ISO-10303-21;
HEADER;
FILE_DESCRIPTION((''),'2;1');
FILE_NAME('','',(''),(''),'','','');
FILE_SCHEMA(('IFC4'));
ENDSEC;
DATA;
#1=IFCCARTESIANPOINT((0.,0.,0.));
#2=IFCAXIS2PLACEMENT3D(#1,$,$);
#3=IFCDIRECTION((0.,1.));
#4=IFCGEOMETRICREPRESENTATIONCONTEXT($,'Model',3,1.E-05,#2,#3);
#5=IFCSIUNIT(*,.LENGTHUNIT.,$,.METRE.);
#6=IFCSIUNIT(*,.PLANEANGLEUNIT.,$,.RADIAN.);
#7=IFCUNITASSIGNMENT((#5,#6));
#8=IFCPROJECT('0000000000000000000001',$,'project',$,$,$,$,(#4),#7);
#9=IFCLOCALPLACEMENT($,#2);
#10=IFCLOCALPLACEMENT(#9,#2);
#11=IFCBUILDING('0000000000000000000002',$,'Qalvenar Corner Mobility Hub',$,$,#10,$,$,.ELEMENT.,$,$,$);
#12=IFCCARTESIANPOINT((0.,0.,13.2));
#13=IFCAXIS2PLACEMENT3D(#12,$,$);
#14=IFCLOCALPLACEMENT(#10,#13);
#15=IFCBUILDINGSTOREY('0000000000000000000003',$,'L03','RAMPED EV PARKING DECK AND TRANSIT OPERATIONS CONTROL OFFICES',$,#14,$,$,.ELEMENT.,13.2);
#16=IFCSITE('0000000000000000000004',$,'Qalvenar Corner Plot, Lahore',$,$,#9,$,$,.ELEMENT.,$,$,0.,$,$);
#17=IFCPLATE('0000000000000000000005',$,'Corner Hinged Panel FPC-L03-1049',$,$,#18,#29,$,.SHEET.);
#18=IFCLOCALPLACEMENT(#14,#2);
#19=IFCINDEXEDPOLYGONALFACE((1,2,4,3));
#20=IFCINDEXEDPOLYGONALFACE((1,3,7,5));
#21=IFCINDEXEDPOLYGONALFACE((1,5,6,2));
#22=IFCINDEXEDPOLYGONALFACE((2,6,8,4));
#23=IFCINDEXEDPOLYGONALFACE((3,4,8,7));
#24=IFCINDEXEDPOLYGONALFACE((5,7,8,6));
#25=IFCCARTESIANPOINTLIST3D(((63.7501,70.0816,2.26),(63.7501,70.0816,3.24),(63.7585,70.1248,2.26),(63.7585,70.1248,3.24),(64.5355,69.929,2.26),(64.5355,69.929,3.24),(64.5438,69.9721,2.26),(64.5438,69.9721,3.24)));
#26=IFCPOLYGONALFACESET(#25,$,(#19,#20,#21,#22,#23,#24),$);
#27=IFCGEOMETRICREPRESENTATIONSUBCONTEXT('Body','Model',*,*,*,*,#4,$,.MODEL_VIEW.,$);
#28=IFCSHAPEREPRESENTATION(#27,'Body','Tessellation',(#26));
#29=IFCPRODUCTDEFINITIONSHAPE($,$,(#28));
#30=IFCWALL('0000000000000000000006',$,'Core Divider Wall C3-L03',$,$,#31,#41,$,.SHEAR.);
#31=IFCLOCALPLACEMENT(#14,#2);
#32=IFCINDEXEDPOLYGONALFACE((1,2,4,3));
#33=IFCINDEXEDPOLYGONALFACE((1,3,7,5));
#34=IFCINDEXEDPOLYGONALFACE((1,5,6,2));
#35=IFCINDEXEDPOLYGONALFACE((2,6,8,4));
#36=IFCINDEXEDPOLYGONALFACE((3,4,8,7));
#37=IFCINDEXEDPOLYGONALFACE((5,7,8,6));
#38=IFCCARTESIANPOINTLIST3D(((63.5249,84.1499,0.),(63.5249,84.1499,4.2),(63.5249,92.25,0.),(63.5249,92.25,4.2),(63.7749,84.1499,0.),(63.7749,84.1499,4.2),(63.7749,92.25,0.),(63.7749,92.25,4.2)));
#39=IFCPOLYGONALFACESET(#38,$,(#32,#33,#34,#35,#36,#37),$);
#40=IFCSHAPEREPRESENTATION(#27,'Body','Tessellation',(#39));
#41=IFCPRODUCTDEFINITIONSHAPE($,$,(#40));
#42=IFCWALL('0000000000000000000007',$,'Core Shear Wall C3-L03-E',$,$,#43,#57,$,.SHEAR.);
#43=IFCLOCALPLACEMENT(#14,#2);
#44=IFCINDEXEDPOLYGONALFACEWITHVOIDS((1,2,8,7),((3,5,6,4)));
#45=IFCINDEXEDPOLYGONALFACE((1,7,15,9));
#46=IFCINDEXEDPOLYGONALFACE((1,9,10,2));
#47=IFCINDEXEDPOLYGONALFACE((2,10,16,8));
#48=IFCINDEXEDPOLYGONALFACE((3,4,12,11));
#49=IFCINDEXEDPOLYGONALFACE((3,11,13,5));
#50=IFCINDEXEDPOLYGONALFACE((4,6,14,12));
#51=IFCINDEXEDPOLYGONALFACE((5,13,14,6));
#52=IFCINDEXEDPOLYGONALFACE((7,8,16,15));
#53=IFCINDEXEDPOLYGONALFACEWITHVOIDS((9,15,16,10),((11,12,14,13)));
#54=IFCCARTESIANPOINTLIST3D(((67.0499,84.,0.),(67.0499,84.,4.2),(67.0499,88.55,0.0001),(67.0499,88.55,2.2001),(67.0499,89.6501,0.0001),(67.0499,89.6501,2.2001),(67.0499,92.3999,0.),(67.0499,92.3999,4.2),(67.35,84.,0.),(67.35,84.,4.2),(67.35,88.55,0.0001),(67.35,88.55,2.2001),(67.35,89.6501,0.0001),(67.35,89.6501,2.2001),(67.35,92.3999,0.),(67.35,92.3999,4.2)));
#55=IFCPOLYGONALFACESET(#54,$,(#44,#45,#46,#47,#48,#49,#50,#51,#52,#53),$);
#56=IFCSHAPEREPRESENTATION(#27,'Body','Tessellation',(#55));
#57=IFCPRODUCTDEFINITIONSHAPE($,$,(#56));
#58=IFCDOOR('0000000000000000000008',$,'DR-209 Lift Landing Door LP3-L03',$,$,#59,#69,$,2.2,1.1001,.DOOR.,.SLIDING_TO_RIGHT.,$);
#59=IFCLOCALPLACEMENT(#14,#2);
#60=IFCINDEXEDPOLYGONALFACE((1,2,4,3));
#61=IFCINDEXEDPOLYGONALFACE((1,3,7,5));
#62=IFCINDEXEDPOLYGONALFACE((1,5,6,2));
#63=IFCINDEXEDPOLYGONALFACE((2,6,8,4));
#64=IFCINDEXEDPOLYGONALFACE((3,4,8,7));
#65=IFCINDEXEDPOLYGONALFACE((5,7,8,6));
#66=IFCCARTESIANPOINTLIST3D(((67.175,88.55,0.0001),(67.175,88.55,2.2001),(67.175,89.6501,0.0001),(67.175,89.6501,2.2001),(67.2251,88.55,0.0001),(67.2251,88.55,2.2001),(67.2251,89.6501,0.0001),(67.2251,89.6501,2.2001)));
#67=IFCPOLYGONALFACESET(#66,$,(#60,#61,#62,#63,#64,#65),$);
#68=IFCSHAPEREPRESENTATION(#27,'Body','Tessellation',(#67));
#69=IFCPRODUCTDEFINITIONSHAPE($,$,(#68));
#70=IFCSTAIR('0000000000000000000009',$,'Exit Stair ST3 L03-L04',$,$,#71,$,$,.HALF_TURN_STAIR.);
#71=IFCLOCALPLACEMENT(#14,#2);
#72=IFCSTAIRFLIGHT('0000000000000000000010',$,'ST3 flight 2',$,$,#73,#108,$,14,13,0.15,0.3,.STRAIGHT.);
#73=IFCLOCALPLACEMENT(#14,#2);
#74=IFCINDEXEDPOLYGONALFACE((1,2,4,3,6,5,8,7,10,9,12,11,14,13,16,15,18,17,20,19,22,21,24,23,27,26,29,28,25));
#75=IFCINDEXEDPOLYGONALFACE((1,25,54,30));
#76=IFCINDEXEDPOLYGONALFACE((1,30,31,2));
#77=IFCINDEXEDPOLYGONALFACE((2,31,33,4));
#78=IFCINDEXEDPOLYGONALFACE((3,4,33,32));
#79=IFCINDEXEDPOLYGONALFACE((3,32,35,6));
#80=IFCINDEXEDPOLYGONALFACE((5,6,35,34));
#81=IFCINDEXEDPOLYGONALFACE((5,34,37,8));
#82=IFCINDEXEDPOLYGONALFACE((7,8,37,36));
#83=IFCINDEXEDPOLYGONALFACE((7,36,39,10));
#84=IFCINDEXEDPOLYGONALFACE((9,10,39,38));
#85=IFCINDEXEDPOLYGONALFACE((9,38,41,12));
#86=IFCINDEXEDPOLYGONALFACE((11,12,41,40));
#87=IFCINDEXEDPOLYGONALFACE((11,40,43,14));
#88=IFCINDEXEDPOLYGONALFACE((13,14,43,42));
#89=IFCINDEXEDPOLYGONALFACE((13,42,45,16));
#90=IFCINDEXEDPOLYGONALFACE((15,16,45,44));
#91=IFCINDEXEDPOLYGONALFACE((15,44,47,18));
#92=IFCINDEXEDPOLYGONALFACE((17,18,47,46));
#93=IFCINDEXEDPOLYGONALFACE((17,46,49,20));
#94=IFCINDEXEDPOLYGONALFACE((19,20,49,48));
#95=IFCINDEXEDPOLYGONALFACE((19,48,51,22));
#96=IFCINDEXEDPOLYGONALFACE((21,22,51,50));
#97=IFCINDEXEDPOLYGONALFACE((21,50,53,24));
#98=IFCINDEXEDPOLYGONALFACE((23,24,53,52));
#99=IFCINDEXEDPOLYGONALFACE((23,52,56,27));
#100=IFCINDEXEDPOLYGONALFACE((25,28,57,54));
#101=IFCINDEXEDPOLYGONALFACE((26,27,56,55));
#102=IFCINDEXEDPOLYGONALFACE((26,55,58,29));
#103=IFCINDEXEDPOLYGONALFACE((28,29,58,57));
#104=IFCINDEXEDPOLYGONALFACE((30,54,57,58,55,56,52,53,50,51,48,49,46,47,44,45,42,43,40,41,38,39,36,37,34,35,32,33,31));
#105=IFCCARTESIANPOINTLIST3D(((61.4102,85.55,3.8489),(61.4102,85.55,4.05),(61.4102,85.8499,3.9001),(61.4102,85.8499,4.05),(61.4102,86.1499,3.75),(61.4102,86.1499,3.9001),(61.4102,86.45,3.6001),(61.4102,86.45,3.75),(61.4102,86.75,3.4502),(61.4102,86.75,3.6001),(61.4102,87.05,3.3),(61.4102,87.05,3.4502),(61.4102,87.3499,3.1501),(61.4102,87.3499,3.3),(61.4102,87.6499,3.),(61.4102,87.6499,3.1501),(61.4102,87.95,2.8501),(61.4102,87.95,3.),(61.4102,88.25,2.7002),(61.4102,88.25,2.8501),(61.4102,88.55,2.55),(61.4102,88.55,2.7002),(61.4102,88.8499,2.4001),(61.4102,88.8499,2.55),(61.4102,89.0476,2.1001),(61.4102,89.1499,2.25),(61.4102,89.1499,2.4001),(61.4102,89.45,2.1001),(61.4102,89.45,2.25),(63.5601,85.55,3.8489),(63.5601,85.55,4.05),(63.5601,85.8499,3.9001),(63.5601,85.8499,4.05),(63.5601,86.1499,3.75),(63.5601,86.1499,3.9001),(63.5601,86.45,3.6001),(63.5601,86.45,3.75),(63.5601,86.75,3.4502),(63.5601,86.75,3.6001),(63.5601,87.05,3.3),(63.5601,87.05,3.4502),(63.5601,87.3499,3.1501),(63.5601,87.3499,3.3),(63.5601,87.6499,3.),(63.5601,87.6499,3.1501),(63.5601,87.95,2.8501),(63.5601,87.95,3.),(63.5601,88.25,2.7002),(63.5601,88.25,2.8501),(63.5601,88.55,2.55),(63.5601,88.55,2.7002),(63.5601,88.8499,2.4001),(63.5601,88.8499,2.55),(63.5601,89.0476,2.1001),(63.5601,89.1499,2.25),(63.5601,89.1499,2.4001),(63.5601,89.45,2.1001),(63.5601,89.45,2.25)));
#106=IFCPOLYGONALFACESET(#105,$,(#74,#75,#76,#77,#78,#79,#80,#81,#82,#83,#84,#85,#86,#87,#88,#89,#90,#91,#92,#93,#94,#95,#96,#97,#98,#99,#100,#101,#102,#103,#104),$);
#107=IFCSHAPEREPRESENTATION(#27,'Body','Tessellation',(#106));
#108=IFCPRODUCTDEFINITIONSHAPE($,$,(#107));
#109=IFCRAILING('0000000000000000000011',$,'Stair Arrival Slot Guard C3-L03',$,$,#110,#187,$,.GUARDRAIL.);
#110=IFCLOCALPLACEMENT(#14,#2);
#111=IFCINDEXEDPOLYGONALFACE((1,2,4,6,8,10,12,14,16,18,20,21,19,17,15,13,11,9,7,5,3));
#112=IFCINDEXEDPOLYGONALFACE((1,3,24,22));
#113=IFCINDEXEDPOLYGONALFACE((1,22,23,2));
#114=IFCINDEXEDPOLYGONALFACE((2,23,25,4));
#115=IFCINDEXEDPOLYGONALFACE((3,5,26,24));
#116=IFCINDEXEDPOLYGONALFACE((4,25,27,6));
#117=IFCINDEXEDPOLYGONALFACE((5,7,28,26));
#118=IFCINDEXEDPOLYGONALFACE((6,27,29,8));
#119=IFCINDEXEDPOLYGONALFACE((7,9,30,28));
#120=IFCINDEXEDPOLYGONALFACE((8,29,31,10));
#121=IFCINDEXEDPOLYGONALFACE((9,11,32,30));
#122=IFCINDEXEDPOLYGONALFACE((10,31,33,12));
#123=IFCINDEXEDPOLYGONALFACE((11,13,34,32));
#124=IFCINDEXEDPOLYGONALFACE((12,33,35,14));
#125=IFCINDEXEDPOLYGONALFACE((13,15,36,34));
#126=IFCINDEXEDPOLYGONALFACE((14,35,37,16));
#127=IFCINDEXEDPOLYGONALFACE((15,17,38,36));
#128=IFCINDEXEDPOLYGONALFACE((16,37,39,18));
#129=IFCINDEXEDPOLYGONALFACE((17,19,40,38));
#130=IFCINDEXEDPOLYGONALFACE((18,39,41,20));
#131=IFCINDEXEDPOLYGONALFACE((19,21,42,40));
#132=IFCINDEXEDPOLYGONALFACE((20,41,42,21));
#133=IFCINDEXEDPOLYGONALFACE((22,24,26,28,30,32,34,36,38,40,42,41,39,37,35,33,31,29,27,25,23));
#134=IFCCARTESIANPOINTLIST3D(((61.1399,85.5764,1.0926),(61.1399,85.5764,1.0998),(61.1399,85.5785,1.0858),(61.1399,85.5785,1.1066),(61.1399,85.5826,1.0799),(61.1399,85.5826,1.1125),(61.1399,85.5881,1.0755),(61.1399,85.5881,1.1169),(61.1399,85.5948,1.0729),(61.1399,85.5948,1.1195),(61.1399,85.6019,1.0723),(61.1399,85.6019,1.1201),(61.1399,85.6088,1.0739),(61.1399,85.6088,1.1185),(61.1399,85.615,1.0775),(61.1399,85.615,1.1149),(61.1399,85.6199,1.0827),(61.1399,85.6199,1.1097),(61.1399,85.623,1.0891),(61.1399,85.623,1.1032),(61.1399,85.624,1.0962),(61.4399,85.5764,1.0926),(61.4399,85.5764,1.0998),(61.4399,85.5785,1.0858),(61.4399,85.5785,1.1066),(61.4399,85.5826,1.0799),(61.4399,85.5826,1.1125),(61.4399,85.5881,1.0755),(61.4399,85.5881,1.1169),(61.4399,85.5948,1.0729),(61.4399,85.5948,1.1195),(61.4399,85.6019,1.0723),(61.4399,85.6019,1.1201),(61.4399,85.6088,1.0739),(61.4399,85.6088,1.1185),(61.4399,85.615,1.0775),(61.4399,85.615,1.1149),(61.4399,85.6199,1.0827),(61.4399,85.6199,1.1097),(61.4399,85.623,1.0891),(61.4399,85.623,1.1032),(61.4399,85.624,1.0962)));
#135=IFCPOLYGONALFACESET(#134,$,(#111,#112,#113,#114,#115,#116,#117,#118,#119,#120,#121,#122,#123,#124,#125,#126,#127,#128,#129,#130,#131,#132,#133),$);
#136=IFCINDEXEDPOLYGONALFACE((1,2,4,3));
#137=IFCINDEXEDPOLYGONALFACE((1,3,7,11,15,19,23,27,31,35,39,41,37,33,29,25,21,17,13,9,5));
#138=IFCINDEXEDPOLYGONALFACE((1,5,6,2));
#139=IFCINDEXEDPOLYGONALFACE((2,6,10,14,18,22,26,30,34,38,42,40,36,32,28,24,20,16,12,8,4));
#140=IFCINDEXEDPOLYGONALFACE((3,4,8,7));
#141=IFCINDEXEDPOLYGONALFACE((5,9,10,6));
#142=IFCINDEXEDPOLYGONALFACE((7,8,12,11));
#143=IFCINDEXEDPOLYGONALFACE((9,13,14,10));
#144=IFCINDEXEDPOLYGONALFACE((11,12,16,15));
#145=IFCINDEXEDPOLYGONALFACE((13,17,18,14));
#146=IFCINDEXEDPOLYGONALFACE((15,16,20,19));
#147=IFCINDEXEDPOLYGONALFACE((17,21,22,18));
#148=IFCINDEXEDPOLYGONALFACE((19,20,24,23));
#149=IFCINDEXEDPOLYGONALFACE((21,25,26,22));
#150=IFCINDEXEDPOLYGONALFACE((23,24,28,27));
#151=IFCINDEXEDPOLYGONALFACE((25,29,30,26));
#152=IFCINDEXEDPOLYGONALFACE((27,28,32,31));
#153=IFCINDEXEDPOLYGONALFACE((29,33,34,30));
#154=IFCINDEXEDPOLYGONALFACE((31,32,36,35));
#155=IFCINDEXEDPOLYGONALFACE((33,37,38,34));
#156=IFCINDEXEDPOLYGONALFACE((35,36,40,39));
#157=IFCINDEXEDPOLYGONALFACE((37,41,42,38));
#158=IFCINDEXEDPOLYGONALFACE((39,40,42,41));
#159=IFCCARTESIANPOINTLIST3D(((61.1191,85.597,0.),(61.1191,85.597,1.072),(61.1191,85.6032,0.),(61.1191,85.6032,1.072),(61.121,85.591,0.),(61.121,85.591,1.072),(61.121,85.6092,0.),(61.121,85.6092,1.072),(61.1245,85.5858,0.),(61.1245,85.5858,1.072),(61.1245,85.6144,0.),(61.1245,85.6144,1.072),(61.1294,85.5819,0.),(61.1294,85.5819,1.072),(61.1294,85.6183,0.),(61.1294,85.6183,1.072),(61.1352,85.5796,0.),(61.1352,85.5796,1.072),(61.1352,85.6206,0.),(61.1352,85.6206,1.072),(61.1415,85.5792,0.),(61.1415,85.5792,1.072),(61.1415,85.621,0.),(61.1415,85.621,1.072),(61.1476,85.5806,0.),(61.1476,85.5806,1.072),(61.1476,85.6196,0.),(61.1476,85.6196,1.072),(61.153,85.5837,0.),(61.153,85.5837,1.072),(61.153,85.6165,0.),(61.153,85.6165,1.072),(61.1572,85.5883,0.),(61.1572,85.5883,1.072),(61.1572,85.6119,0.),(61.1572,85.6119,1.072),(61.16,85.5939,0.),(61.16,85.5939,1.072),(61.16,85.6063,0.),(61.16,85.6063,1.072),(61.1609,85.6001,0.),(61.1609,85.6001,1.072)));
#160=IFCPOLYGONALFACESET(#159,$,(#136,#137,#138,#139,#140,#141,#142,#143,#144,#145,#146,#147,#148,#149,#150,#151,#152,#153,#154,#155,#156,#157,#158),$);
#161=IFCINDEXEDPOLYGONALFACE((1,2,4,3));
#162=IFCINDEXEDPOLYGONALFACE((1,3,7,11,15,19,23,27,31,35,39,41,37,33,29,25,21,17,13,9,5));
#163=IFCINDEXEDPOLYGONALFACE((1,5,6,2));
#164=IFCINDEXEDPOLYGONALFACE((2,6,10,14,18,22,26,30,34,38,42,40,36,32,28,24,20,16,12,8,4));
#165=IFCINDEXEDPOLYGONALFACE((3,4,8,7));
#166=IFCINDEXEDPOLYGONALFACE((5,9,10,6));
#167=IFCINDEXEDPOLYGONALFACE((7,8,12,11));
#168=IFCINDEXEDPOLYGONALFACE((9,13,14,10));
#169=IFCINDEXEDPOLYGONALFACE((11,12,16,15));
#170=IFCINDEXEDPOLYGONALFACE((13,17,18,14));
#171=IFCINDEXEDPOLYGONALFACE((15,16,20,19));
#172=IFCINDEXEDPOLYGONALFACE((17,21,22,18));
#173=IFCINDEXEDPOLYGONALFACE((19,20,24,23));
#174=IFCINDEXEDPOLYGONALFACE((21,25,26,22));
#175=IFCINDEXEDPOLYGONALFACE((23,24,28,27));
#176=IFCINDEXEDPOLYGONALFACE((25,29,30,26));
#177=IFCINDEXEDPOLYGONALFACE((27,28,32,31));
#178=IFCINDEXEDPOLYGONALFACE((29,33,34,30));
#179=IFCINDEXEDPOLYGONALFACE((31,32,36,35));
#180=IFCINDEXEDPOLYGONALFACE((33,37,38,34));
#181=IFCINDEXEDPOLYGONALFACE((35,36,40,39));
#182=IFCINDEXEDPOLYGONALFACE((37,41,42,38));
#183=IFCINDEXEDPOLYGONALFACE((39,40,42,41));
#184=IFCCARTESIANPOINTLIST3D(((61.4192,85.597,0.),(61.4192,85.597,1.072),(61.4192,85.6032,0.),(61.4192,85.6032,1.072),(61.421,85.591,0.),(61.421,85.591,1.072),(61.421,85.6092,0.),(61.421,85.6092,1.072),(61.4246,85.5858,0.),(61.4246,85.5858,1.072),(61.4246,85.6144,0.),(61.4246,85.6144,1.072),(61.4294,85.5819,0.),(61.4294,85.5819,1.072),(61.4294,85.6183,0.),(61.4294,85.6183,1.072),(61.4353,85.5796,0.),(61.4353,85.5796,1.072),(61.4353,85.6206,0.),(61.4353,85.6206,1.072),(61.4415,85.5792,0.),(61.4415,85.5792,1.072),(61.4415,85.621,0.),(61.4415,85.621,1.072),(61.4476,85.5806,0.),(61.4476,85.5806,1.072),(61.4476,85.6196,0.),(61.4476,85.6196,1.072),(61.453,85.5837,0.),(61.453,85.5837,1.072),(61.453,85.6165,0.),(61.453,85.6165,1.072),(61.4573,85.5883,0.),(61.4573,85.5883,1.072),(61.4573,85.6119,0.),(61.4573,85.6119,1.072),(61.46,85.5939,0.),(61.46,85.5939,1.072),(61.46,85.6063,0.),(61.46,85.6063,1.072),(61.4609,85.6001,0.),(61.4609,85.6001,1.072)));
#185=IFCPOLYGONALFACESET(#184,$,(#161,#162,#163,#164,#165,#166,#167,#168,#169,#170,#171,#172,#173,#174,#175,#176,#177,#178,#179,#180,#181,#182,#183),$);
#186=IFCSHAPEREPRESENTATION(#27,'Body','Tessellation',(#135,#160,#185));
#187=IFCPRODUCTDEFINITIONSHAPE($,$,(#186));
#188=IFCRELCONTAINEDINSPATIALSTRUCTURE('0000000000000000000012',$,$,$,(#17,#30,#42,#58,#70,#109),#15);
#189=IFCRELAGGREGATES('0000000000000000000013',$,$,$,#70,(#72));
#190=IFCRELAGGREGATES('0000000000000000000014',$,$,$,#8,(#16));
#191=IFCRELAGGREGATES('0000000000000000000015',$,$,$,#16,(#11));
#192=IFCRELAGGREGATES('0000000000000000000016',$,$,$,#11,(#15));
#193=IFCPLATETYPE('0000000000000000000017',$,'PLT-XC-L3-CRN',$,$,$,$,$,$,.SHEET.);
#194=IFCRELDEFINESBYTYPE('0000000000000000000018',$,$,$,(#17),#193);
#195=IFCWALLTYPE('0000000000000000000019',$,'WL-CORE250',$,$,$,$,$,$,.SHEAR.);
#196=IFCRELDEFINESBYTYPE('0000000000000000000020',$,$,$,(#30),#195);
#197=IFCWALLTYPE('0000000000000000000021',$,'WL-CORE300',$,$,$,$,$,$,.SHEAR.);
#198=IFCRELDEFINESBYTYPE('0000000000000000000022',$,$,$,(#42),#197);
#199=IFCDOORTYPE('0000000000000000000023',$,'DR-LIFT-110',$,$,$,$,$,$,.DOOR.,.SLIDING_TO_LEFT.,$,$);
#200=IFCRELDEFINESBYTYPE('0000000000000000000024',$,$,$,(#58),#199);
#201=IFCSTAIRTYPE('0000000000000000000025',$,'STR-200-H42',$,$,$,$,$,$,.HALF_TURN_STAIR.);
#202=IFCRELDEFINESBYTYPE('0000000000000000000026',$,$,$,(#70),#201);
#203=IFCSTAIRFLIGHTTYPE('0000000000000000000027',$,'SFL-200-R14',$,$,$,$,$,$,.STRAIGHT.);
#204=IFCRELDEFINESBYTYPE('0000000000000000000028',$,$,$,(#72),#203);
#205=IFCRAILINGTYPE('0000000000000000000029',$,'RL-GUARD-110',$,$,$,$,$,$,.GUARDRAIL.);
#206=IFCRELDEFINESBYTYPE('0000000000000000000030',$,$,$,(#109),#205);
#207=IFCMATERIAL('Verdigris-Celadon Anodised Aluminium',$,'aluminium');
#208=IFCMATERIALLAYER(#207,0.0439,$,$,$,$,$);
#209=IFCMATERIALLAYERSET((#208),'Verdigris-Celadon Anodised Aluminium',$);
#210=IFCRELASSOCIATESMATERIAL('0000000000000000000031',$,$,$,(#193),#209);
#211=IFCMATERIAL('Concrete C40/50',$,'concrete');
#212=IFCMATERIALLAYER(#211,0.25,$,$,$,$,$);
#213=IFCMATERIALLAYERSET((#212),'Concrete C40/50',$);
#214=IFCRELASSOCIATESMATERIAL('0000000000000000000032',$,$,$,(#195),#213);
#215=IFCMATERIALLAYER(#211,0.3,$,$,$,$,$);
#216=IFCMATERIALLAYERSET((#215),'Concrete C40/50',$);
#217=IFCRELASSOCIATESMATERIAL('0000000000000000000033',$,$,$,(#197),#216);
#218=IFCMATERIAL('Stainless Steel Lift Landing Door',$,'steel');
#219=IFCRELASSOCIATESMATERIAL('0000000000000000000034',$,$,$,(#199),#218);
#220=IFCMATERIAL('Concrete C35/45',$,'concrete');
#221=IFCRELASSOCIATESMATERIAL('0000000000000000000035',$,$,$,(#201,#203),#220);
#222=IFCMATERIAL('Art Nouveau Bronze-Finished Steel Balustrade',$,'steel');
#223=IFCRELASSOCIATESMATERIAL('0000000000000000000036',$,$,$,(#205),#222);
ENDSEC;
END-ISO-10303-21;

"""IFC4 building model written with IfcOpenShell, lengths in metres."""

from ifc_helpers import new_model, si_unit, direction, frame, frame_2d, origin, origin_2d, place, context, subcontext, project, spatial, polyline, rectangle, circle, outline, extrude, material, layer, layer_set, type_object, element, fill, aggregate, save


model = new_model("IFC4")

# Units and contexts
model_context = context("Model", 3, precision=1e-05, world=origin(), true_north=direction((0.0, 1.0)))
body_context = subcontext(model_context, "Body", "Model", "MODEL_VIEW")
ifc_project = project(units=[si_unit("LENGTHUNIT", "METRE"), si_unit("PLANEANGLEUNIT", "RADIAN")], contexts=[model_context])

# Site, building, storey
site_placement = place(None, origin())
site = spatial("IfcSite", under=ifc_project, at=site_placement, Name="Qalvenar Corner Plot, Lahore", CompositionType="ELEMENT", RefElevation=0.0)
building_placement = place(site_placement, origin())
building = spatial("IfcBuilding", under=site, at=building_placement, Name="Qalvenar Corner Mobility Hub", CompositionType="ELEMENT")
storey_placement = place(building_placement, frame((0.0, 0.0, 13.2)))
storey = spatial("IfcBuildingStorey", under=building, at=storey_placement, Name="L03", Description="RAMPED EV PARKING DECK AND TRANSIT OPERATIONS CONTROL OFFICES", CompositionType="ELEMENT", Elevation=13.2)

# Plate
ifc_material_1 = material(Name="Verdigris-Celadon Anodised Aluminium", Category="aluminium")
ifc_layer_1 = layer(ifc_material_1, 0.0439)
ifc_layer_set_1 = layer_set([ifc_layer_1], Name="Verdigris-Celadon Anodised Aluminium")
plate_type = type_object("IfcPlateType", Name="PLT-XC-L3-CRN", PredefinedType="SHEET", material=ifc_layer_set_1)
for number, where, z_axis, x_axis, name in (
    (1, (64.147, 70.0269, 2.26), (0.0, 0.0, 1.0), (0.981627, -0.190809, 0.0), "Corner Hinged Panel FPC-L03-1049"),
):
    element("IfcPlate", number, at=place(storey_placement, frame(where, z_axis=z_axis, x_axis=x_axis)), inside=storey, type_object=plate_type, Name=name, PredefinedType="SHEET", context=body_context, shape_type="SweptSolid", body=[
        extrude(rectangle(XDim=0.8, YDim=0.0439, at=origin_2d()), origin(), (0.0, 0.0, 1.0), 0.98),
    ])

# Wall
ifc_material_2 = material(Name="Concrete C40/50", Category="concrete")
ifc_layer_2 = layer(ifc_material_2, 0.25)
ifc_layer_set_2 = layer_set([ifc_layer_2], Name="Concrete C40/50")
wall_type_1 = type_object("IfcWallType", Name="WL-CORE250", PredefinedType="SHEAR", material=ifc_layer_set_2)
wall_1_placement = place(storey_placement, frame((63.6499, 84.1499, 0.0), z_axis=(0.0, 0.0, 1.0), x_axis=(0.0, 1.0, 0.0)))
element("IfcWall", 2, at=wall_1_placement, inside=storey, type_object=wall_type_1, Name="Core Divider Wall C3-L03", PredefinedType="SHEAR", context=body_context, shape_type="SweptSolid", body=[
    extrude(rectangle(XDim=8.1001, YDim=0.25, at=frame_2d((4.05, 0.0))), origin(), (0.0, 0.0, 1.0), 4.2),
])

# Wall, opening, door
ifc_layer_3 = layer(ifc_material_2, 0.3)
ifc_layer_set_3 = layer_set([ifc_layer_3], Name="Concrete C40/50")
wall_type_2 = type_object("IfcWallType", Name="WL-CORE300", PredefinedType="SHEAR", material=ifc_layer_set_3)
wall_2_placement = place(storey_placement, frame((67.2, 84.0, 0.0), z_axis=(0.0, 0.0, 1.0), x_axis=(0.0, 1.0, 0.0)))
wall_2 = element("IfcWall", 3, at=wall_2_placement, inside=storey, type_object=wall_type_2, Name="Core Shear Wall C3-L03-E", PredefinedType="SHEAR", context=body_context, shape_type="SweptSolid", body=[
    extrude(rectangle(XDim=8.3999, YDim=0.3, at=frame_2d((4.2, 0.0))), origin(), (0.0, 0.0, 1.0), 4.2),
])
opening_placement = place(wall_2_placement, frame((4.55, 0.0, 0.0)))
opening = element("IfcOpeningElement", 4, at=opening_placement, cuts=wall_2, PredefinedType="OPENING", context=body_context, shape_type="SweptSolid", body=[
    extrude(rectangle(XDim=1.1001, YDim=2.2, at=frame_2d((0.55, 1.1001))), frame((0.0, 0.1602, 0.0), z_axis=(0.0, -1.0, 0.0), x_axis=(1.0, 0.0, 0.0)), (0.0, 0.0, 1.0), 0.3201),
])
ifc_material_3 = material(Name="Stainless Steel Lift Landing Door", Category="steel")
door_type = type_object("IfcDoorType", Name="DR-LIFT-110", OperationType="SLIDING_TO_LEFT", PredefinedType="DOOR", material=ifc_material_3)
door_placement = place(opening_placement, origin())
door = element("IfcDoor", 5, at=door_placement, inside=storey, type_object=door_type, Name="DR-209 Lift Landing Door LP3-L03", OperationType="SLIDING_TO_RIGHT", OverallHeight=2.2, OverallWidth=1.1001, PredefinedType="DOOR", context=body_context, shape_type="SweptSolid", body=[
    extrude(rectangle(XDim=1.1001, YDim=2.2, at=frame_2d((0.55, 1.1001))), frame((0.0, 0.0249, 0.0), z_axis=(0.0, -1.0, 0.0), x_axis=(1.0, 0.0, 0.0)), (0.0, 0.0, 1.0), 0.05),
])
fill(opening, door)

# Stair, stair flight
ifc_material_4 = material(Name="Concrete C35/45", Category="concrete")
stair_type = type_object("IfcStairType", Name="STR-200-H42", PredefinedType="HALF_TURN_STAIR", material=ifc_material_4)
stair_placement = place(storey_placement, origin())
stair = element("IfcStair", 6, at=stair_placement, inside=storey, type_object=stair_type, Name="Exit Stair ST3 L03-L04", PredefinedType="HALF_TURN_STAIR")
stair_flight_type = type_object("IfcStairFlightType", Name="SFL-200-R14", PredefinedType="STRAIGHT", material=ifc_material_4)
stair_flight_placement = place(storey_placement, frame((62.4851, 89.45, 2.1001), z_axis=(0.0, 0.0, 1.0), x_axis=(0.0, -1.0, 0.0)))
stair_flight = element("IfcStairFlight", 7, at=stair_flight_placement, type_object=stair_flight_type, Name="ST3 flight 2", NumberOfRisers=14, NumberOfTreads=13, PredefinedType="STRAIGHT", RiserHeight=0.15, TreadLength=0.3, context=body_context, shape_type="SweptSolid", body=[
    extrude(outline(polyline([(0.0, 0.0), (0.0, 0.1499), (0.3, 0.1499), (0.3, 0.3), (0.6001, 0.3), (0.6001, 0.45), (0.8999, 0.45), (0.8999, 0.6001), (1.2, 0.6001), (1.2, 0.75), (1.5, 0.75), (1.5, 0.8999), (1.8, 0.8999), (1.8, 1.05), (2.1001, 1.05), (2.1001, 1.2), (2.3999, 1.2), (2.3999, 1.3501), (2.7, 1.3501), (2.7, 1.5), (3.0, 1.5), (3.0, 1.6499), (3.3, 1.6499), (3.3, 1.8), (3.6001, 1.8), (3.6001, 1.95), (3.8999, 1.95), (3.8999, 2.1001), (3.8999, 1.7488), (0.4023, 0.0), (0.0, 0.0)])), frame((0.0, 1.075, 0.0), z_axis=(0.0, -1.0, 0.0), x_axis=(1.0, 0.0, 0.0)), (0.0, 0.0, 1.0), 2.1499),
])
aggregate(stair, [stair_flight])

# Railing
ifc_material_5 = material(Name="Art Nouveau Bronze-Finished Steel Balustrade", Category="steel")
railing_type_1 = type_object("IfcRailingType", Name="RL-GUARD-110", PredefinedType="GUARDRAIL", material=ifc_material_5)
for number, where, name in (
    (8, (61.1399, 85.6001, 0.0), "Stair Arrival Slot Guard C3-L03"),
):
    element("IfcRailing", number, at=place(storey_placement, frame(where)), inside=storey, type_object=railing_type_1, Name=name, PredefinedType="GUARDRAIL", context=body_context, shape_type="SweptSolid", body=[
        extrude(circle(Radius=0.0239, at=origin_2d()), frame((0.0, 0.0, 1.0962), z_axis=(1.0, 0.0, 0.0), x_axis=(0.0, 1.0, 0.0)), (0.0, 0.0, 1.0), 0.3),
        extrude(circle(Radius=0.021, at=origin_2d()), origin(), (0.0, 0.0, 1.0), 1.072),
        extrude(circle(Radius=0.021, at=origin_2d()), frame((0.3, 0.0, 0.0)), (0.0, 0.0, 1.0), 1.072),
    ])

save(model, "model.ifc")
